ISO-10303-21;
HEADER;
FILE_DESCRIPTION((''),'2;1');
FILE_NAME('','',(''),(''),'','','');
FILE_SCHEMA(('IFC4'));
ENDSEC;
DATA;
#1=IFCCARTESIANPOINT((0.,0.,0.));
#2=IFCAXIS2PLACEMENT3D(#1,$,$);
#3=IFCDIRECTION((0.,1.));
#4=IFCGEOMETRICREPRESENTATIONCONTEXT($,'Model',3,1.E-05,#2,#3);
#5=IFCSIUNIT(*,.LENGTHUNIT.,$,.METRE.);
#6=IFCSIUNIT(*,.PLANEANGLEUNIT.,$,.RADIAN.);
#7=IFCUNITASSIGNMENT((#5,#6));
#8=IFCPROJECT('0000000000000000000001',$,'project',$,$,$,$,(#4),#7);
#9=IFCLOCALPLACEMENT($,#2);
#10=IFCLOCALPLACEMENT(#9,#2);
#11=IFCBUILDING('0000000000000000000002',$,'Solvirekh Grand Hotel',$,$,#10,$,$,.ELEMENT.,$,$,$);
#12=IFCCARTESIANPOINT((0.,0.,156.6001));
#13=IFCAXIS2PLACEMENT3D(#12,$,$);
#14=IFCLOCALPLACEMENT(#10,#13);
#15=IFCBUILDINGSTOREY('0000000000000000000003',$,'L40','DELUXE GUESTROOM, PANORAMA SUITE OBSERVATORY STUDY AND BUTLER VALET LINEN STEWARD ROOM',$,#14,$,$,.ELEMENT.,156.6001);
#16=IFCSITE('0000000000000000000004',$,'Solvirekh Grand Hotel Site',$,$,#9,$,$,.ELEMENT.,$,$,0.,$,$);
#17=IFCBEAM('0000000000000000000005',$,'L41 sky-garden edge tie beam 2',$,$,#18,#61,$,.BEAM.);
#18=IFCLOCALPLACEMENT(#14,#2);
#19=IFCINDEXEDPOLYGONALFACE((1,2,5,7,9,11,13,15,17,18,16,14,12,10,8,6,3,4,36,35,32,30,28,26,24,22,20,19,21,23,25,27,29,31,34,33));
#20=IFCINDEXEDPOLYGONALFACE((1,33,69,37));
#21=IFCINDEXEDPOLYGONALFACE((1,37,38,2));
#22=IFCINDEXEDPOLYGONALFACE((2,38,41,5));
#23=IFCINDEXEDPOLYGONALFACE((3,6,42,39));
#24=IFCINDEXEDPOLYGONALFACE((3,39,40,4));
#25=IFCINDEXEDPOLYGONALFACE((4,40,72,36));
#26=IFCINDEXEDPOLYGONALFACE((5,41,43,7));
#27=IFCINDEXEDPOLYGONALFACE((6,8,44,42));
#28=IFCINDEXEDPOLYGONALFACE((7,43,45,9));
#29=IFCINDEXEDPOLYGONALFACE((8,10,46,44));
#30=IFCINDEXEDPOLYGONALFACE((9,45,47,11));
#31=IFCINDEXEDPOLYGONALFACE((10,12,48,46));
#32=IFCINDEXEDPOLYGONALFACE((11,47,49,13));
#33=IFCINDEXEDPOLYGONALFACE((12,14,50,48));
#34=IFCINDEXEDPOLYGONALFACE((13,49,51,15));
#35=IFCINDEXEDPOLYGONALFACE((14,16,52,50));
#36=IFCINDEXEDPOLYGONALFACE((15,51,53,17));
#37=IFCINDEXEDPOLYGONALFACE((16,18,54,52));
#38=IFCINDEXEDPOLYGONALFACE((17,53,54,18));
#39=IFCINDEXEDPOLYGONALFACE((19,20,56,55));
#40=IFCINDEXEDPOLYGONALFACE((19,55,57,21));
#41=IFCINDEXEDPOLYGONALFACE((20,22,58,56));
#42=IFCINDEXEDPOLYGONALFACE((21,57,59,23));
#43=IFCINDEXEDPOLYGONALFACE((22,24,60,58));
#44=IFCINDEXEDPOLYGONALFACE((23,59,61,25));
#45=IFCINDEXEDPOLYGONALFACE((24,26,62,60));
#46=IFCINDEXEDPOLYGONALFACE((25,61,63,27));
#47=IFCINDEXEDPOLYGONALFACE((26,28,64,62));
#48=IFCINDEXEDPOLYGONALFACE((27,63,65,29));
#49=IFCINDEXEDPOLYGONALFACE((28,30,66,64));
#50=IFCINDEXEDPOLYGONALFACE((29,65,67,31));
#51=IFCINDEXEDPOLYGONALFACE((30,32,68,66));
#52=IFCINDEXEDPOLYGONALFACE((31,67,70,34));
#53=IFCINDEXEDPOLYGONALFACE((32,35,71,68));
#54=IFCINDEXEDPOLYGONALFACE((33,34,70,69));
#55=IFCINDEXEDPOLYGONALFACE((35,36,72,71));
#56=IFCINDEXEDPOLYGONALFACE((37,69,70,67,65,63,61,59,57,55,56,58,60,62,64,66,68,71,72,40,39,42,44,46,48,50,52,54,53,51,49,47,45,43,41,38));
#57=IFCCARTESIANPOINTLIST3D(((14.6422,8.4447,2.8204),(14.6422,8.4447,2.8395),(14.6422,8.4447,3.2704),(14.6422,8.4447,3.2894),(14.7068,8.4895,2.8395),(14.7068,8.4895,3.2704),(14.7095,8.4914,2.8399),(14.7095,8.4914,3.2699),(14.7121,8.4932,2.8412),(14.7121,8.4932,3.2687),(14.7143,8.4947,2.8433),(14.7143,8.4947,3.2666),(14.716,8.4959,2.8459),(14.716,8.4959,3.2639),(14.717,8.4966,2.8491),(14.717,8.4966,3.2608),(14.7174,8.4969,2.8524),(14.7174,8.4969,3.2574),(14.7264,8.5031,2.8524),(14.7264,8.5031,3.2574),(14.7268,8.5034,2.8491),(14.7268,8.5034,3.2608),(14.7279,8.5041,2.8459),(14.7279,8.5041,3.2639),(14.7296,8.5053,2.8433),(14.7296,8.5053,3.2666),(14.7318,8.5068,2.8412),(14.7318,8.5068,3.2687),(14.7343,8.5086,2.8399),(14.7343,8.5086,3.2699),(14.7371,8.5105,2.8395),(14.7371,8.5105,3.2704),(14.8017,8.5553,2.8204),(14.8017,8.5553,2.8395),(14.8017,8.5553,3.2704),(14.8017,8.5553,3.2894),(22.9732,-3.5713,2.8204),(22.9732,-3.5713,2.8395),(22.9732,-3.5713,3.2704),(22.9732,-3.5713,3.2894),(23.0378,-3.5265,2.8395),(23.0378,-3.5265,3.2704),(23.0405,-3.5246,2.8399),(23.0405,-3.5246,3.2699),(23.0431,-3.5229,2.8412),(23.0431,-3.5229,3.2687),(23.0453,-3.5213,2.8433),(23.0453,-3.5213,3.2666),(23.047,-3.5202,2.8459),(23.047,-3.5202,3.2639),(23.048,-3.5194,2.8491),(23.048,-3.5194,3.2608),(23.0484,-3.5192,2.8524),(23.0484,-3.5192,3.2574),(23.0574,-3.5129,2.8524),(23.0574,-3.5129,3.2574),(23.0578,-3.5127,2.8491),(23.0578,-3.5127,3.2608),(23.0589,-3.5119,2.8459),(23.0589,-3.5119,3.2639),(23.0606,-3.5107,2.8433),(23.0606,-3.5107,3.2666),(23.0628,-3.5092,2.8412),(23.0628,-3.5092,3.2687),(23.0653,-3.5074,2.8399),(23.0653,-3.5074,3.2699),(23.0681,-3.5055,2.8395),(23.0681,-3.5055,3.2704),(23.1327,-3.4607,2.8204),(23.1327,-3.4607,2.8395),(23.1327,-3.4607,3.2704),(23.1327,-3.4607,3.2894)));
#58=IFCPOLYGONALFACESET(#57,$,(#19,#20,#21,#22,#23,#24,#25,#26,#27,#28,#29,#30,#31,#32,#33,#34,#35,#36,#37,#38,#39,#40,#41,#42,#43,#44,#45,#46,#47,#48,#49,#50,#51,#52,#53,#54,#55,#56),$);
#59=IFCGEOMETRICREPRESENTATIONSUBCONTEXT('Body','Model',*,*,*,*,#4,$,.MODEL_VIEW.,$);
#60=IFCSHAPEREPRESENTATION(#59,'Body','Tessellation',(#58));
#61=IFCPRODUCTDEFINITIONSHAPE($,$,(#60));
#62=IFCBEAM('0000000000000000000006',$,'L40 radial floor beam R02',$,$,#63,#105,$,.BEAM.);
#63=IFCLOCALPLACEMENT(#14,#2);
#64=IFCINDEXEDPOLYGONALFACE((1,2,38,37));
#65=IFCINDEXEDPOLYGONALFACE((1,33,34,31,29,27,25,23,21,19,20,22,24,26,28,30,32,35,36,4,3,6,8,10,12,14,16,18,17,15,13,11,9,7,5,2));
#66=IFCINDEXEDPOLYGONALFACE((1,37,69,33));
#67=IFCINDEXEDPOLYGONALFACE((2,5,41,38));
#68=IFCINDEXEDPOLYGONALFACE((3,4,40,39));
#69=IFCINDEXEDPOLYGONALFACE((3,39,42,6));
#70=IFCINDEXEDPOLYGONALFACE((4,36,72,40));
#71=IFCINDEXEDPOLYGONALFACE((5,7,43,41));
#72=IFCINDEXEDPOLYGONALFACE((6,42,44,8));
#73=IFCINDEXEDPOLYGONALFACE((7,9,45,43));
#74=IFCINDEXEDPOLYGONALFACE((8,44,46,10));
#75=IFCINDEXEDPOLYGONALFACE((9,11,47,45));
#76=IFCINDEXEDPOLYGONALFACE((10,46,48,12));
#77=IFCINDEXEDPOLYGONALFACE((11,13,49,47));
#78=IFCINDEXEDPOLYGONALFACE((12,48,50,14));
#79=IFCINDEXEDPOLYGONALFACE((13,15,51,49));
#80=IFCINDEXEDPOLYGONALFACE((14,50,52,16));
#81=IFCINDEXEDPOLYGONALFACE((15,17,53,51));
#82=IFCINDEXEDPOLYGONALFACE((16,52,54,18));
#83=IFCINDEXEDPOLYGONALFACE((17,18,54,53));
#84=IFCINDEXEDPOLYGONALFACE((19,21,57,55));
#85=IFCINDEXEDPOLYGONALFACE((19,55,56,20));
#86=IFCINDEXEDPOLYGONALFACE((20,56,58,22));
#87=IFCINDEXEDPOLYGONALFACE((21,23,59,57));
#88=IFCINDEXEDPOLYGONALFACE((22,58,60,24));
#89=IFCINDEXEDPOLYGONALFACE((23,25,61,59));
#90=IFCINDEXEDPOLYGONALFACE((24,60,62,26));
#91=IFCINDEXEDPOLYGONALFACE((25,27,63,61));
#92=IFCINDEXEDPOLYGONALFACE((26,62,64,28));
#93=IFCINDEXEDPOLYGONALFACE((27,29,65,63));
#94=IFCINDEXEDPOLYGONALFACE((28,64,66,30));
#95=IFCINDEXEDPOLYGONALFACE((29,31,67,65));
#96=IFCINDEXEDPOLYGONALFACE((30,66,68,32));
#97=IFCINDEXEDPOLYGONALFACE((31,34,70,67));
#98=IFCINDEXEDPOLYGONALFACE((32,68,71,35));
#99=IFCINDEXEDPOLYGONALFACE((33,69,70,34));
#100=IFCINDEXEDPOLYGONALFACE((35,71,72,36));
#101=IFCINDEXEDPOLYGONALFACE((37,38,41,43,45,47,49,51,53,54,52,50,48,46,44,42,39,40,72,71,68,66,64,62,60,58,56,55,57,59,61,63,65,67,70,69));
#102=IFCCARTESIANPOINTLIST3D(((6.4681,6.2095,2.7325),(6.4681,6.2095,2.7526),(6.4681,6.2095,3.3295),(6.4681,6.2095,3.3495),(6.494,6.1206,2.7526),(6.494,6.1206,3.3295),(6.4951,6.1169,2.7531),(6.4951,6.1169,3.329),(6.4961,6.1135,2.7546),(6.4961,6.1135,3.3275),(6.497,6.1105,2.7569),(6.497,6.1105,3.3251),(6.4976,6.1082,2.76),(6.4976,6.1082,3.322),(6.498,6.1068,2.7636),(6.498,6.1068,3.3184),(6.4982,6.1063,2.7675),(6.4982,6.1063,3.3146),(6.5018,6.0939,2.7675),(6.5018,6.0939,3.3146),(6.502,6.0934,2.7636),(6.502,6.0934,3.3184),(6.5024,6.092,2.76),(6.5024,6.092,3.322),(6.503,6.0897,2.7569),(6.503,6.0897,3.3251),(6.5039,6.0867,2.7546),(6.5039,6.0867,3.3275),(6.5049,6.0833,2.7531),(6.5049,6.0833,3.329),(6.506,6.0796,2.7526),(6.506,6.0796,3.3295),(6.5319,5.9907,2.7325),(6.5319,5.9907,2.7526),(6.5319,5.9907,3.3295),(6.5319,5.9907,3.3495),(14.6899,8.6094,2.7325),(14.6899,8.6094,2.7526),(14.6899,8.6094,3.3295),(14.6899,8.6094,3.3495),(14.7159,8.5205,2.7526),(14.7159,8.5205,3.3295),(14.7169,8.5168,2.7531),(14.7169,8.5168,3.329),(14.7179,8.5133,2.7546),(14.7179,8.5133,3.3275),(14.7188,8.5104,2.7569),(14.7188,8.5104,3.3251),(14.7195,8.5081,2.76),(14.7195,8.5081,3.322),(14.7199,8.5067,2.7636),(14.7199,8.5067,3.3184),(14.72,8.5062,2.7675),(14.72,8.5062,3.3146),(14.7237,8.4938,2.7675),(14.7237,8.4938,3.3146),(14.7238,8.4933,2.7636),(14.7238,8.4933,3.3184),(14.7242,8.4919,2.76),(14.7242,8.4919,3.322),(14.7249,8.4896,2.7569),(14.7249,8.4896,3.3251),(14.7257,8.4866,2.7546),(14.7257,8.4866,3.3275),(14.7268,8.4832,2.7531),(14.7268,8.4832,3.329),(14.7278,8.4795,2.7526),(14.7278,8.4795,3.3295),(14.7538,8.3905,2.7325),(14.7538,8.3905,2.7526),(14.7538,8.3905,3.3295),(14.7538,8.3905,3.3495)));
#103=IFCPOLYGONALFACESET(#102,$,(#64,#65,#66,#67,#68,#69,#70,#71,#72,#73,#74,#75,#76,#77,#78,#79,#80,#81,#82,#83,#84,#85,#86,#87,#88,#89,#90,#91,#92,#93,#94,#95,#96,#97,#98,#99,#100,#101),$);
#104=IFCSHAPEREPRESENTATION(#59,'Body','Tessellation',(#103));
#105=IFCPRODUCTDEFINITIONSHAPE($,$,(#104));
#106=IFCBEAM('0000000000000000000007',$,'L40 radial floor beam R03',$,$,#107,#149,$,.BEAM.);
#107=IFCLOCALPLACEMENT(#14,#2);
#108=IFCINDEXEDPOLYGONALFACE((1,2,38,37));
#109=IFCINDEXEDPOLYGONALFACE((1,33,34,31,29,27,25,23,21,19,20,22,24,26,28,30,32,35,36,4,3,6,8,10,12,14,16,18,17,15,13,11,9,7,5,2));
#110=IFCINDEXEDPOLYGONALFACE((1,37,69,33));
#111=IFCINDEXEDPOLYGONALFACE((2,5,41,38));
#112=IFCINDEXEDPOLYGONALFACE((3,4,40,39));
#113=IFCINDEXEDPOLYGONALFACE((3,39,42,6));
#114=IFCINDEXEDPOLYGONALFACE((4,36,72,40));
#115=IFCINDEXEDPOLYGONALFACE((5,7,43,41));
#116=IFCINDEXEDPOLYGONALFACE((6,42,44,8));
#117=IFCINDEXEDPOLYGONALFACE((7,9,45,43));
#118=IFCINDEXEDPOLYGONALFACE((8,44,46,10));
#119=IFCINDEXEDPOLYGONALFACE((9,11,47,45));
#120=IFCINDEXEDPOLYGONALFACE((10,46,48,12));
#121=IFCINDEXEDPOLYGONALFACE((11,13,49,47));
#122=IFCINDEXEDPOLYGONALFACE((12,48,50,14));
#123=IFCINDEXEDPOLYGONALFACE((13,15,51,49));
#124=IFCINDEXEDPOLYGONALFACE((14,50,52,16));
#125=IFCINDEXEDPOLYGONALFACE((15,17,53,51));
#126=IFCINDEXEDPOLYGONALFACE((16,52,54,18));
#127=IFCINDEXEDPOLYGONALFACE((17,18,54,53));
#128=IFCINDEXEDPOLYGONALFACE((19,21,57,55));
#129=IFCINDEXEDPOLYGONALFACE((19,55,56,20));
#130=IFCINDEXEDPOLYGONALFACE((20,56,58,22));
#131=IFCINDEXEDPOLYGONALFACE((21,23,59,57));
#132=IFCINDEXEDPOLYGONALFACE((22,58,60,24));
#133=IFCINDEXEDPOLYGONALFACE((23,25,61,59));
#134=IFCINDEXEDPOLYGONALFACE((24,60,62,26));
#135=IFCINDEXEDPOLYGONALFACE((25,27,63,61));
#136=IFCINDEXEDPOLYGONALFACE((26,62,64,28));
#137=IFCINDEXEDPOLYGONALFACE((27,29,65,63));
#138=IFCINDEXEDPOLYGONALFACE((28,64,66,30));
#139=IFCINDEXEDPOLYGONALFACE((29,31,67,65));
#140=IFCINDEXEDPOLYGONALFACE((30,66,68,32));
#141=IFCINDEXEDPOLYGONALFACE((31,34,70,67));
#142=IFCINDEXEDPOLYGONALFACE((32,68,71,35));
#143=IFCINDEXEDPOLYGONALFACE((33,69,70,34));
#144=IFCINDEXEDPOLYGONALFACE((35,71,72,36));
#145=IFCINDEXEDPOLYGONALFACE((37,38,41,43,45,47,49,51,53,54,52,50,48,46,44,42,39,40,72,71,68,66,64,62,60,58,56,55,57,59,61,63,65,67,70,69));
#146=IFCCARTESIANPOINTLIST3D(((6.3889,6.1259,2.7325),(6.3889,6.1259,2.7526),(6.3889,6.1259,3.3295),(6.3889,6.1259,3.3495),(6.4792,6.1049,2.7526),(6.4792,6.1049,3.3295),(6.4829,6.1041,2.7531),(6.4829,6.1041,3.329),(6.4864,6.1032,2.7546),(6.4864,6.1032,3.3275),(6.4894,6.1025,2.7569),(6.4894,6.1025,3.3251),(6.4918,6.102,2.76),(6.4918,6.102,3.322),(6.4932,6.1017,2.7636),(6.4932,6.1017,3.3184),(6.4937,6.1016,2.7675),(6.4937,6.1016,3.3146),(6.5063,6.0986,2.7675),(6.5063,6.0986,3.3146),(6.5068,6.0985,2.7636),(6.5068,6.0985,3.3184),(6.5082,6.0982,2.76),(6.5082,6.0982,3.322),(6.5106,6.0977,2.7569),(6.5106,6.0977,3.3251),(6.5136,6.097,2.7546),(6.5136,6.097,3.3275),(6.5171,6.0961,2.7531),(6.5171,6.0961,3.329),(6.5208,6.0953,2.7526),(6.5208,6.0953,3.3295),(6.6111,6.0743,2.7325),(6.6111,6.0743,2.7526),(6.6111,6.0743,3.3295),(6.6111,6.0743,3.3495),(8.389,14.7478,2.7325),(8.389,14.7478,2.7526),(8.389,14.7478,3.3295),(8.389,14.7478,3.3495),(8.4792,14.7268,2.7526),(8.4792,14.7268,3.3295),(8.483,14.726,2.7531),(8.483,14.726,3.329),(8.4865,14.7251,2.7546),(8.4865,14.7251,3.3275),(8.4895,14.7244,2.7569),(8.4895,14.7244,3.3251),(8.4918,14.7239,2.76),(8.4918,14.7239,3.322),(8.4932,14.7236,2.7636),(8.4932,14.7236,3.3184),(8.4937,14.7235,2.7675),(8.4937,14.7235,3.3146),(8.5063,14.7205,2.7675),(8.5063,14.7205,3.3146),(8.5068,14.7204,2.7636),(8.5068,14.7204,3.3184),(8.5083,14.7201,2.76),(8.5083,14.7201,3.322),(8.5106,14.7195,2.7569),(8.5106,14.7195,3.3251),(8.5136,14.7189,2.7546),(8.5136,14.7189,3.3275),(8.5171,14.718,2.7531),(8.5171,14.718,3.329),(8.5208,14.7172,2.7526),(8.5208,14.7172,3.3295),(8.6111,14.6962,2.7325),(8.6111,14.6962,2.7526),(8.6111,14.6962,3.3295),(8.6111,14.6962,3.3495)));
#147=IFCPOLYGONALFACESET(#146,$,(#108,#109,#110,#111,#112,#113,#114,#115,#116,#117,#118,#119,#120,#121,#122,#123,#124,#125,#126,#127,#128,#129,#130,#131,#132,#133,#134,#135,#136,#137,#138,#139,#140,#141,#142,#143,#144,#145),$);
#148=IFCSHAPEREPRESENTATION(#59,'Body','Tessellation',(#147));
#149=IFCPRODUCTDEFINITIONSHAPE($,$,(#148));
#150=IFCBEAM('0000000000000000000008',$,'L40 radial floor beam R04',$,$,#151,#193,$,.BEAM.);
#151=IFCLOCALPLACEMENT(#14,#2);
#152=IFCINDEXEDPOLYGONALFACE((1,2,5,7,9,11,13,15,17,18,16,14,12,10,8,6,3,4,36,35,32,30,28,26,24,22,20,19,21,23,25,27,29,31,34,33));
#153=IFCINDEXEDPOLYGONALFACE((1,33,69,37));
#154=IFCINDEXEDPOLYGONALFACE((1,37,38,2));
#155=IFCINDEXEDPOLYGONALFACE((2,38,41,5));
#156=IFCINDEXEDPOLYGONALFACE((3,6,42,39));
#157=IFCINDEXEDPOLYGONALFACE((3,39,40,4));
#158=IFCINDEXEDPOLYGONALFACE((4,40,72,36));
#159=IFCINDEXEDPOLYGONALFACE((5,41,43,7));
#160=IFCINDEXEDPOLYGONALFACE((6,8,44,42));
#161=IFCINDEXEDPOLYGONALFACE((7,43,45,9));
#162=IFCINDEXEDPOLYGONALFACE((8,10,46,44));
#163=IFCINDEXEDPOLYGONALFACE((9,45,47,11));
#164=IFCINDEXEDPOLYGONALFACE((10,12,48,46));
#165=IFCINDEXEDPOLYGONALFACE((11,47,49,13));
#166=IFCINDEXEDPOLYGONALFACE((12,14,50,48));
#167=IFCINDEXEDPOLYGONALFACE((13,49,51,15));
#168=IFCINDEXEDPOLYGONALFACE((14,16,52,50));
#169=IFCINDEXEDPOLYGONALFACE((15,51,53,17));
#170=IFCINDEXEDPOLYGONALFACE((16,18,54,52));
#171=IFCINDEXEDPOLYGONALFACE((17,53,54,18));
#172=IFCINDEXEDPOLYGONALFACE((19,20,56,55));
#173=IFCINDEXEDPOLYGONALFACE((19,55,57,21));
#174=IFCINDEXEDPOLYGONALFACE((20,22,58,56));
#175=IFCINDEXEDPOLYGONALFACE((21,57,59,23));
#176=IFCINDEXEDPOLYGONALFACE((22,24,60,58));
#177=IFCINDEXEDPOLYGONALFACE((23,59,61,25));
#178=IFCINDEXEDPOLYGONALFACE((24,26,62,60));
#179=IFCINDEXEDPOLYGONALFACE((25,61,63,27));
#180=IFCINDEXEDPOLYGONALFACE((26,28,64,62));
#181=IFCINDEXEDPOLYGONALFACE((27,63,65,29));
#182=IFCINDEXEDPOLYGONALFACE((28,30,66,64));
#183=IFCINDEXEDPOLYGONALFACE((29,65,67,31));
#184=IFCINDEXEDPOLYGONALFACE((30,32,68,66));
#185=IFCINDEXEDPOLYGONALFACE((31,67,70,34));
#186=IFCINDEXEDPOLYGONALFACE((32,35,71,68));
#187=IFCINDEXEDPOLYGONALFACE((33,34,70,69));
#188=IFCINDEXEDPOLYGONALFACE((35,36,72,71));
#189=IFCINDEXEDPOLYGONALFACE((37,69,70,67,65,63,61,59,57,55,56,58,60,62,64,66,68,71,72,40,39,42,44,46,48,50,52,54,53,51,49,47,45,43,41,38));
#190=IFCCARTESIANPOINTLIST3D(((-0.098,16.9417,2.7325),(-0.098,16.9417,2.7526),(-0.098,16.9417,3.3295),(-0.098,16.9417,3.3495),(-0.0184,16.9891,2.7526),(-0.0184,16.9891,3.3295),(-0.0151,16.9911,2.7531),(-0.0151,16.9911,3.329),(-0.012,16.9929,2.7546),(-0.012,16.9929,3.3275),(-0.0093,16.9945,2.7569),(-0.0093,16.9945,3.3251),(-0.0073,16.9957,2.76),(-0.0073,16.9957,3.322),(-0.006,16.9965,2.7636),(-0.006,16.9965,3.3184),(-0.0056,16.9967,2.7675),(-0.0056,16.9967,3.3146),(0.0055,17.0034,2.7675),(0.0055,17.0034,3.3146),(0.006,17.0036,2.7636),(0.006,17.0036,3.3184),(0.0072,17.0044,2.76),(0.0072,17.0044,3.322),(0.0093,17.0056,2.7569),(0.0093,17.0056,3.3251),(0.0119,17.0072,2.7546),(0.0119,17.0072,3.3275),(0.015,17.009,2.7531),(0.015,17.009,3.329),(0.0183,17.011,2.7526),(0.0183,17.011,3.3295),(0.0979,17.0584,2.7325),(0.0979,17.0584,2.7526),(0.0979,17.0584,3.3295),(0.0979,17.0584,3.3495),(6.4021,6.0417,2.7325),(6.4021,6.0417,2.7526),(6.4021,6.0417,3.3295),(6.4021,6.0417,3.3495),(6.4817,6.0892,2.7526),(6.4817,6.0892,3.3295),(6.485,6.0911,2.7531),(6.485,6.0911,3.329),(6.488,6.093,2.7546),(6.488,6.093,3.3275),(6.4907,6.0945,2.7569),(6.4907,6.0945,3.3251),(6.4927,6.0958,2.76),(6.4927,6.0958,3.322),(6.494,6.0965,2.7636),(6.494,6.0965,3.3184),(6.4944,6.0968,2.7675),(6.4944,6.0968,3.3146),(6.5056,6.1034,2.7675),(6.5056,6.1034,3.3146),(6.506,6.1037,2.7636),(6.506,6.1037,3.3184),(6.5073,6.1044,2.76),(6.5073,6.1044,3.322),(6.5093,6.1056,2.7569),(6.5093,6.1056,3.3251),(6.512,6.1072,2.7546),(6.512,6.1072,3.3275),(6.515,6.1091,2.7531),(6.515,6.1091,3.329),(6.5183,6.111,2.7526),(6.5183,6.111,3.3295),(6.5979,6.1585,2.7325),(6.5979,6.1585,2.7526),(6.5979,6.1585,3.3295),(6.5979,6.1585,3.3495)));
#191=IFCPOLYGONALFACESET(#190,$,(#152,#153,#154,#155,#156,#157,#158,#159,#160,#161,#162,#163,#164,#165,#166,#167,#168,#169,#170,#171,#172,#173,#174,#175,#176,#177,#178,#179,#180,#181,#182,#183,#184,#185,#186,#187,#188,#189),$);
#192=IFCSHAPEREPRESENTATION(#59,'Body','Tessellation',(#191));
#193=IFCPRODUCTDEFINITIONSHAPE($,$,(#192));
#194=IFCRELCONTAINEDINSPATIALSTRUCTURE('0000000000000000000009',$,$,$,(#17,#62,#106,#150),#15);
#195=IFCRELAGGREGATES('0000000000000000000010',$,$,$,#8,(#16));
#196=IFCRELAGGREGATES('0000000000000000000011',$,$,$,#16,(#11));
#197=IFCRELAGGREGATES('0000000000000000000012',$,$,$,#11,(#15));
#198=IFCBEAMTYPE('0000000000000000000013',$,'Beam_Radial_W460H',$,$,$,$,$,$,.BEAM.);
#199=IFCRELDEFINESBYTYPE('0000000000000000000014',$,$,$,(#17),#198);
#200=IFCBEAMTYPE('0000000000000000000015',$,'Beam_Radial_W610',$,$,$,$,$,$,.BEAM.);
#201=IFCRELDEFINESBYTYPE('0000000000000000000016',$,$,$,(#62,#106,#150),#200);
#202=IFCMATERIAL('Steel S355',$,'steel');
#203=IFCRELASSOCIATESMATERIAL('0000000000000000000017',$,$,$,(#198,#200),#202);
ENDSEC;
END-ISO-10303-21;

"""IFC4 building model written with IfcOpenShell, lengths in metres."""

from ifc_helpers import new_model, si_unit, direction, frame, origin, origin_2d, place, context, subcontext, project, spatial, i_section, extrude, material, material_profile, profile_set, type_object, element, save


model = new_model("IFC4")

# Units and contexts
model_context = context("Model", 3, precision=1e-05, world=origin(), true_north=direction((0.0, 1.0)))
body_context = subcontext(model_context, "Body", "Model", "MODEL_VIEW")
ifc_project = project(units=[si_unit("LENGTHUNIT", "METRE"), si_unit("PLANEANGLEUNIT", "RADIAN")], contexts=[model_context])

# Site, building, storey
site_placement = place(None, origin())
site = spatial("IfcSite", under=ifc_project, at=site_placement, Name="Solvirekh Grand Hotel Site", CompositionType="ELEMENT", RefElevation=0.0)
building_placement = place(site_placement, origin())
building = spatial("IfcBuilding", under=site, at=building_placement, Name="Solvirekh Grand Hotel", CompositionType="ELEMENT")
storey_placement = place(building_placement, frame((0.0, 0.0, 156.6001)))
storey = spatial("IfcBuildingStorey", under=building, at=storey_placement, Name="L40", Description="DELUXE GUESTROOM, PANORAMA SUITE OBSERVATORY STUDY AND BUTLER VALET LINEN STEWARD ROOM", CompositionType="ELEMENT", Elevation=156.6001)

# Beams
ifc_material_1 = material(Name="Steel S355", Category="steel")
ifc_material_profile_1 = material_profile(ifc_material_1, i_section(OverallWidth=0.1941, OverallDepth=0.469, WebThickness=0.011, FlangeThickness=0.019, FilletRadius=0.0129, at=origin_2d()), Name="W460X106")
ifc_profile_set_1 = profile_set([ifc_material_profile_1], Name="Steel S355")
beam_type_1 = type_object("IfcBeamType", Name="Beam_Radial_W460H", PredefinedType="BEAM", material=ifc_profile_set_1)
beam_1_placement = place(storey_placement, frame((14.7219, 8.5, 3.0549), z_axis=(0.569774, -0.821801, 0.0), x_axis=(0.821801, 0.569774, 0.0)))
element("IfcBeam", 1, at=beam_1_placement, inside=storey, type_object=beam_type_1, Name="L41 sky-garden edge tie beam 2", PredefinedType="BEAM", context=body_context, shape_type="SweptSolid", body=[
    extrude(i_section(OverallWidth=0.1941, OverallDepth=0.469, WebThickness=0.011, FlangeThickness=0.019, FilletRadius=0.0129, at=origin_2d()), origin(), (0.0, 0.0, 1.0), 14.6216),
])
ifc_material_profile_2 = material_profile(ifc_material_1, i_section(OverallWidth=0.228, OverallDepth=0.6169, WebThickness=0.0129, FlangeThickness=0.02, FilletRadius=0.0149, at=origin_2d()), Name="W610X140")
ifc_profile_set_2 = profile_set([ifc_material_profile_2], Name="Steel S355")
beam_type_2 = type_object("IfcBeamType", Name="Beam_Radial_W610", PredefinedType="BEAM", material=ifc_profile_set_2)
beam_2_placement = place(storey_placement, frame((6.5, 6.1001, 3.041), z_axis=(0.959942, 0.280198, 0.0), x_axis=(-0.280198, 0.959942, 0.0)))
element("IfcBeam", 2, at=beam_2_placement, inside=storey, type_object=beam_type_2, Name="L40 radial floor beam R02", PredefinedType="BEAM", context=body_context, shape_type="SweptSolid", body=[
    extrude(i_section(OverallWidth=0.228, OverallDepth=0.6169, WebThickness=0.0129, FlangeThickness=0.02, FilletRadius=0.0149, at=origin_2d()), origin(), (0.0, 0.0, 1.0), 8.5649),
])
beam_3_placement = place(storey_placement, frame((6.5, 6.1001, 3.041), z_axis=(0.225969, 0.974134, 0.0), x_axis=(-0.974134, 0.225969, 0.0)))
element("IfcBeam", 3, at=beam_3_placement, inside=storey, type_object=beam_type_2, Name="L40 radial floor beam R03", PredefinedType="BEAM", context=body_context, shape_type="SweptSolid", body=[
    extrude(i_section(OverallWidth=0.228, OverallDepth=0.6169, WebThickness=0.0129, FlangeThickness=0.02, FilletRadius=0.0149, at=origin_2d()), origin(), (0.0, 0.0, 1.0), 8.8508),
])
beam_4_placement = place(storey_placement, frame((6.5, 6.1001, 3.041), z_axis=(-0.51218, 0.858878, 0.0), x_axis=(-0.858878, -0.51218, 0.0)))
element("IfcBeam", 4, at=beam_4_placement, inside=storey, type_object=beam_type_2, Name="L40 radial floor beam R04", PredefinedType="BEAM", context=body_context, shape_type="SweptSolid", body=[
    extrude(i_section(OverallWidth=0.228, OverallDepth=0.6169, WebThickness=0.0129, FlangeThickness=0.02, FilletRadius=0.0149, at=origin_2d()), origin(), (0.0, 0.0, 1.0), 12.6909),
])

save(model, "model.ifc")
